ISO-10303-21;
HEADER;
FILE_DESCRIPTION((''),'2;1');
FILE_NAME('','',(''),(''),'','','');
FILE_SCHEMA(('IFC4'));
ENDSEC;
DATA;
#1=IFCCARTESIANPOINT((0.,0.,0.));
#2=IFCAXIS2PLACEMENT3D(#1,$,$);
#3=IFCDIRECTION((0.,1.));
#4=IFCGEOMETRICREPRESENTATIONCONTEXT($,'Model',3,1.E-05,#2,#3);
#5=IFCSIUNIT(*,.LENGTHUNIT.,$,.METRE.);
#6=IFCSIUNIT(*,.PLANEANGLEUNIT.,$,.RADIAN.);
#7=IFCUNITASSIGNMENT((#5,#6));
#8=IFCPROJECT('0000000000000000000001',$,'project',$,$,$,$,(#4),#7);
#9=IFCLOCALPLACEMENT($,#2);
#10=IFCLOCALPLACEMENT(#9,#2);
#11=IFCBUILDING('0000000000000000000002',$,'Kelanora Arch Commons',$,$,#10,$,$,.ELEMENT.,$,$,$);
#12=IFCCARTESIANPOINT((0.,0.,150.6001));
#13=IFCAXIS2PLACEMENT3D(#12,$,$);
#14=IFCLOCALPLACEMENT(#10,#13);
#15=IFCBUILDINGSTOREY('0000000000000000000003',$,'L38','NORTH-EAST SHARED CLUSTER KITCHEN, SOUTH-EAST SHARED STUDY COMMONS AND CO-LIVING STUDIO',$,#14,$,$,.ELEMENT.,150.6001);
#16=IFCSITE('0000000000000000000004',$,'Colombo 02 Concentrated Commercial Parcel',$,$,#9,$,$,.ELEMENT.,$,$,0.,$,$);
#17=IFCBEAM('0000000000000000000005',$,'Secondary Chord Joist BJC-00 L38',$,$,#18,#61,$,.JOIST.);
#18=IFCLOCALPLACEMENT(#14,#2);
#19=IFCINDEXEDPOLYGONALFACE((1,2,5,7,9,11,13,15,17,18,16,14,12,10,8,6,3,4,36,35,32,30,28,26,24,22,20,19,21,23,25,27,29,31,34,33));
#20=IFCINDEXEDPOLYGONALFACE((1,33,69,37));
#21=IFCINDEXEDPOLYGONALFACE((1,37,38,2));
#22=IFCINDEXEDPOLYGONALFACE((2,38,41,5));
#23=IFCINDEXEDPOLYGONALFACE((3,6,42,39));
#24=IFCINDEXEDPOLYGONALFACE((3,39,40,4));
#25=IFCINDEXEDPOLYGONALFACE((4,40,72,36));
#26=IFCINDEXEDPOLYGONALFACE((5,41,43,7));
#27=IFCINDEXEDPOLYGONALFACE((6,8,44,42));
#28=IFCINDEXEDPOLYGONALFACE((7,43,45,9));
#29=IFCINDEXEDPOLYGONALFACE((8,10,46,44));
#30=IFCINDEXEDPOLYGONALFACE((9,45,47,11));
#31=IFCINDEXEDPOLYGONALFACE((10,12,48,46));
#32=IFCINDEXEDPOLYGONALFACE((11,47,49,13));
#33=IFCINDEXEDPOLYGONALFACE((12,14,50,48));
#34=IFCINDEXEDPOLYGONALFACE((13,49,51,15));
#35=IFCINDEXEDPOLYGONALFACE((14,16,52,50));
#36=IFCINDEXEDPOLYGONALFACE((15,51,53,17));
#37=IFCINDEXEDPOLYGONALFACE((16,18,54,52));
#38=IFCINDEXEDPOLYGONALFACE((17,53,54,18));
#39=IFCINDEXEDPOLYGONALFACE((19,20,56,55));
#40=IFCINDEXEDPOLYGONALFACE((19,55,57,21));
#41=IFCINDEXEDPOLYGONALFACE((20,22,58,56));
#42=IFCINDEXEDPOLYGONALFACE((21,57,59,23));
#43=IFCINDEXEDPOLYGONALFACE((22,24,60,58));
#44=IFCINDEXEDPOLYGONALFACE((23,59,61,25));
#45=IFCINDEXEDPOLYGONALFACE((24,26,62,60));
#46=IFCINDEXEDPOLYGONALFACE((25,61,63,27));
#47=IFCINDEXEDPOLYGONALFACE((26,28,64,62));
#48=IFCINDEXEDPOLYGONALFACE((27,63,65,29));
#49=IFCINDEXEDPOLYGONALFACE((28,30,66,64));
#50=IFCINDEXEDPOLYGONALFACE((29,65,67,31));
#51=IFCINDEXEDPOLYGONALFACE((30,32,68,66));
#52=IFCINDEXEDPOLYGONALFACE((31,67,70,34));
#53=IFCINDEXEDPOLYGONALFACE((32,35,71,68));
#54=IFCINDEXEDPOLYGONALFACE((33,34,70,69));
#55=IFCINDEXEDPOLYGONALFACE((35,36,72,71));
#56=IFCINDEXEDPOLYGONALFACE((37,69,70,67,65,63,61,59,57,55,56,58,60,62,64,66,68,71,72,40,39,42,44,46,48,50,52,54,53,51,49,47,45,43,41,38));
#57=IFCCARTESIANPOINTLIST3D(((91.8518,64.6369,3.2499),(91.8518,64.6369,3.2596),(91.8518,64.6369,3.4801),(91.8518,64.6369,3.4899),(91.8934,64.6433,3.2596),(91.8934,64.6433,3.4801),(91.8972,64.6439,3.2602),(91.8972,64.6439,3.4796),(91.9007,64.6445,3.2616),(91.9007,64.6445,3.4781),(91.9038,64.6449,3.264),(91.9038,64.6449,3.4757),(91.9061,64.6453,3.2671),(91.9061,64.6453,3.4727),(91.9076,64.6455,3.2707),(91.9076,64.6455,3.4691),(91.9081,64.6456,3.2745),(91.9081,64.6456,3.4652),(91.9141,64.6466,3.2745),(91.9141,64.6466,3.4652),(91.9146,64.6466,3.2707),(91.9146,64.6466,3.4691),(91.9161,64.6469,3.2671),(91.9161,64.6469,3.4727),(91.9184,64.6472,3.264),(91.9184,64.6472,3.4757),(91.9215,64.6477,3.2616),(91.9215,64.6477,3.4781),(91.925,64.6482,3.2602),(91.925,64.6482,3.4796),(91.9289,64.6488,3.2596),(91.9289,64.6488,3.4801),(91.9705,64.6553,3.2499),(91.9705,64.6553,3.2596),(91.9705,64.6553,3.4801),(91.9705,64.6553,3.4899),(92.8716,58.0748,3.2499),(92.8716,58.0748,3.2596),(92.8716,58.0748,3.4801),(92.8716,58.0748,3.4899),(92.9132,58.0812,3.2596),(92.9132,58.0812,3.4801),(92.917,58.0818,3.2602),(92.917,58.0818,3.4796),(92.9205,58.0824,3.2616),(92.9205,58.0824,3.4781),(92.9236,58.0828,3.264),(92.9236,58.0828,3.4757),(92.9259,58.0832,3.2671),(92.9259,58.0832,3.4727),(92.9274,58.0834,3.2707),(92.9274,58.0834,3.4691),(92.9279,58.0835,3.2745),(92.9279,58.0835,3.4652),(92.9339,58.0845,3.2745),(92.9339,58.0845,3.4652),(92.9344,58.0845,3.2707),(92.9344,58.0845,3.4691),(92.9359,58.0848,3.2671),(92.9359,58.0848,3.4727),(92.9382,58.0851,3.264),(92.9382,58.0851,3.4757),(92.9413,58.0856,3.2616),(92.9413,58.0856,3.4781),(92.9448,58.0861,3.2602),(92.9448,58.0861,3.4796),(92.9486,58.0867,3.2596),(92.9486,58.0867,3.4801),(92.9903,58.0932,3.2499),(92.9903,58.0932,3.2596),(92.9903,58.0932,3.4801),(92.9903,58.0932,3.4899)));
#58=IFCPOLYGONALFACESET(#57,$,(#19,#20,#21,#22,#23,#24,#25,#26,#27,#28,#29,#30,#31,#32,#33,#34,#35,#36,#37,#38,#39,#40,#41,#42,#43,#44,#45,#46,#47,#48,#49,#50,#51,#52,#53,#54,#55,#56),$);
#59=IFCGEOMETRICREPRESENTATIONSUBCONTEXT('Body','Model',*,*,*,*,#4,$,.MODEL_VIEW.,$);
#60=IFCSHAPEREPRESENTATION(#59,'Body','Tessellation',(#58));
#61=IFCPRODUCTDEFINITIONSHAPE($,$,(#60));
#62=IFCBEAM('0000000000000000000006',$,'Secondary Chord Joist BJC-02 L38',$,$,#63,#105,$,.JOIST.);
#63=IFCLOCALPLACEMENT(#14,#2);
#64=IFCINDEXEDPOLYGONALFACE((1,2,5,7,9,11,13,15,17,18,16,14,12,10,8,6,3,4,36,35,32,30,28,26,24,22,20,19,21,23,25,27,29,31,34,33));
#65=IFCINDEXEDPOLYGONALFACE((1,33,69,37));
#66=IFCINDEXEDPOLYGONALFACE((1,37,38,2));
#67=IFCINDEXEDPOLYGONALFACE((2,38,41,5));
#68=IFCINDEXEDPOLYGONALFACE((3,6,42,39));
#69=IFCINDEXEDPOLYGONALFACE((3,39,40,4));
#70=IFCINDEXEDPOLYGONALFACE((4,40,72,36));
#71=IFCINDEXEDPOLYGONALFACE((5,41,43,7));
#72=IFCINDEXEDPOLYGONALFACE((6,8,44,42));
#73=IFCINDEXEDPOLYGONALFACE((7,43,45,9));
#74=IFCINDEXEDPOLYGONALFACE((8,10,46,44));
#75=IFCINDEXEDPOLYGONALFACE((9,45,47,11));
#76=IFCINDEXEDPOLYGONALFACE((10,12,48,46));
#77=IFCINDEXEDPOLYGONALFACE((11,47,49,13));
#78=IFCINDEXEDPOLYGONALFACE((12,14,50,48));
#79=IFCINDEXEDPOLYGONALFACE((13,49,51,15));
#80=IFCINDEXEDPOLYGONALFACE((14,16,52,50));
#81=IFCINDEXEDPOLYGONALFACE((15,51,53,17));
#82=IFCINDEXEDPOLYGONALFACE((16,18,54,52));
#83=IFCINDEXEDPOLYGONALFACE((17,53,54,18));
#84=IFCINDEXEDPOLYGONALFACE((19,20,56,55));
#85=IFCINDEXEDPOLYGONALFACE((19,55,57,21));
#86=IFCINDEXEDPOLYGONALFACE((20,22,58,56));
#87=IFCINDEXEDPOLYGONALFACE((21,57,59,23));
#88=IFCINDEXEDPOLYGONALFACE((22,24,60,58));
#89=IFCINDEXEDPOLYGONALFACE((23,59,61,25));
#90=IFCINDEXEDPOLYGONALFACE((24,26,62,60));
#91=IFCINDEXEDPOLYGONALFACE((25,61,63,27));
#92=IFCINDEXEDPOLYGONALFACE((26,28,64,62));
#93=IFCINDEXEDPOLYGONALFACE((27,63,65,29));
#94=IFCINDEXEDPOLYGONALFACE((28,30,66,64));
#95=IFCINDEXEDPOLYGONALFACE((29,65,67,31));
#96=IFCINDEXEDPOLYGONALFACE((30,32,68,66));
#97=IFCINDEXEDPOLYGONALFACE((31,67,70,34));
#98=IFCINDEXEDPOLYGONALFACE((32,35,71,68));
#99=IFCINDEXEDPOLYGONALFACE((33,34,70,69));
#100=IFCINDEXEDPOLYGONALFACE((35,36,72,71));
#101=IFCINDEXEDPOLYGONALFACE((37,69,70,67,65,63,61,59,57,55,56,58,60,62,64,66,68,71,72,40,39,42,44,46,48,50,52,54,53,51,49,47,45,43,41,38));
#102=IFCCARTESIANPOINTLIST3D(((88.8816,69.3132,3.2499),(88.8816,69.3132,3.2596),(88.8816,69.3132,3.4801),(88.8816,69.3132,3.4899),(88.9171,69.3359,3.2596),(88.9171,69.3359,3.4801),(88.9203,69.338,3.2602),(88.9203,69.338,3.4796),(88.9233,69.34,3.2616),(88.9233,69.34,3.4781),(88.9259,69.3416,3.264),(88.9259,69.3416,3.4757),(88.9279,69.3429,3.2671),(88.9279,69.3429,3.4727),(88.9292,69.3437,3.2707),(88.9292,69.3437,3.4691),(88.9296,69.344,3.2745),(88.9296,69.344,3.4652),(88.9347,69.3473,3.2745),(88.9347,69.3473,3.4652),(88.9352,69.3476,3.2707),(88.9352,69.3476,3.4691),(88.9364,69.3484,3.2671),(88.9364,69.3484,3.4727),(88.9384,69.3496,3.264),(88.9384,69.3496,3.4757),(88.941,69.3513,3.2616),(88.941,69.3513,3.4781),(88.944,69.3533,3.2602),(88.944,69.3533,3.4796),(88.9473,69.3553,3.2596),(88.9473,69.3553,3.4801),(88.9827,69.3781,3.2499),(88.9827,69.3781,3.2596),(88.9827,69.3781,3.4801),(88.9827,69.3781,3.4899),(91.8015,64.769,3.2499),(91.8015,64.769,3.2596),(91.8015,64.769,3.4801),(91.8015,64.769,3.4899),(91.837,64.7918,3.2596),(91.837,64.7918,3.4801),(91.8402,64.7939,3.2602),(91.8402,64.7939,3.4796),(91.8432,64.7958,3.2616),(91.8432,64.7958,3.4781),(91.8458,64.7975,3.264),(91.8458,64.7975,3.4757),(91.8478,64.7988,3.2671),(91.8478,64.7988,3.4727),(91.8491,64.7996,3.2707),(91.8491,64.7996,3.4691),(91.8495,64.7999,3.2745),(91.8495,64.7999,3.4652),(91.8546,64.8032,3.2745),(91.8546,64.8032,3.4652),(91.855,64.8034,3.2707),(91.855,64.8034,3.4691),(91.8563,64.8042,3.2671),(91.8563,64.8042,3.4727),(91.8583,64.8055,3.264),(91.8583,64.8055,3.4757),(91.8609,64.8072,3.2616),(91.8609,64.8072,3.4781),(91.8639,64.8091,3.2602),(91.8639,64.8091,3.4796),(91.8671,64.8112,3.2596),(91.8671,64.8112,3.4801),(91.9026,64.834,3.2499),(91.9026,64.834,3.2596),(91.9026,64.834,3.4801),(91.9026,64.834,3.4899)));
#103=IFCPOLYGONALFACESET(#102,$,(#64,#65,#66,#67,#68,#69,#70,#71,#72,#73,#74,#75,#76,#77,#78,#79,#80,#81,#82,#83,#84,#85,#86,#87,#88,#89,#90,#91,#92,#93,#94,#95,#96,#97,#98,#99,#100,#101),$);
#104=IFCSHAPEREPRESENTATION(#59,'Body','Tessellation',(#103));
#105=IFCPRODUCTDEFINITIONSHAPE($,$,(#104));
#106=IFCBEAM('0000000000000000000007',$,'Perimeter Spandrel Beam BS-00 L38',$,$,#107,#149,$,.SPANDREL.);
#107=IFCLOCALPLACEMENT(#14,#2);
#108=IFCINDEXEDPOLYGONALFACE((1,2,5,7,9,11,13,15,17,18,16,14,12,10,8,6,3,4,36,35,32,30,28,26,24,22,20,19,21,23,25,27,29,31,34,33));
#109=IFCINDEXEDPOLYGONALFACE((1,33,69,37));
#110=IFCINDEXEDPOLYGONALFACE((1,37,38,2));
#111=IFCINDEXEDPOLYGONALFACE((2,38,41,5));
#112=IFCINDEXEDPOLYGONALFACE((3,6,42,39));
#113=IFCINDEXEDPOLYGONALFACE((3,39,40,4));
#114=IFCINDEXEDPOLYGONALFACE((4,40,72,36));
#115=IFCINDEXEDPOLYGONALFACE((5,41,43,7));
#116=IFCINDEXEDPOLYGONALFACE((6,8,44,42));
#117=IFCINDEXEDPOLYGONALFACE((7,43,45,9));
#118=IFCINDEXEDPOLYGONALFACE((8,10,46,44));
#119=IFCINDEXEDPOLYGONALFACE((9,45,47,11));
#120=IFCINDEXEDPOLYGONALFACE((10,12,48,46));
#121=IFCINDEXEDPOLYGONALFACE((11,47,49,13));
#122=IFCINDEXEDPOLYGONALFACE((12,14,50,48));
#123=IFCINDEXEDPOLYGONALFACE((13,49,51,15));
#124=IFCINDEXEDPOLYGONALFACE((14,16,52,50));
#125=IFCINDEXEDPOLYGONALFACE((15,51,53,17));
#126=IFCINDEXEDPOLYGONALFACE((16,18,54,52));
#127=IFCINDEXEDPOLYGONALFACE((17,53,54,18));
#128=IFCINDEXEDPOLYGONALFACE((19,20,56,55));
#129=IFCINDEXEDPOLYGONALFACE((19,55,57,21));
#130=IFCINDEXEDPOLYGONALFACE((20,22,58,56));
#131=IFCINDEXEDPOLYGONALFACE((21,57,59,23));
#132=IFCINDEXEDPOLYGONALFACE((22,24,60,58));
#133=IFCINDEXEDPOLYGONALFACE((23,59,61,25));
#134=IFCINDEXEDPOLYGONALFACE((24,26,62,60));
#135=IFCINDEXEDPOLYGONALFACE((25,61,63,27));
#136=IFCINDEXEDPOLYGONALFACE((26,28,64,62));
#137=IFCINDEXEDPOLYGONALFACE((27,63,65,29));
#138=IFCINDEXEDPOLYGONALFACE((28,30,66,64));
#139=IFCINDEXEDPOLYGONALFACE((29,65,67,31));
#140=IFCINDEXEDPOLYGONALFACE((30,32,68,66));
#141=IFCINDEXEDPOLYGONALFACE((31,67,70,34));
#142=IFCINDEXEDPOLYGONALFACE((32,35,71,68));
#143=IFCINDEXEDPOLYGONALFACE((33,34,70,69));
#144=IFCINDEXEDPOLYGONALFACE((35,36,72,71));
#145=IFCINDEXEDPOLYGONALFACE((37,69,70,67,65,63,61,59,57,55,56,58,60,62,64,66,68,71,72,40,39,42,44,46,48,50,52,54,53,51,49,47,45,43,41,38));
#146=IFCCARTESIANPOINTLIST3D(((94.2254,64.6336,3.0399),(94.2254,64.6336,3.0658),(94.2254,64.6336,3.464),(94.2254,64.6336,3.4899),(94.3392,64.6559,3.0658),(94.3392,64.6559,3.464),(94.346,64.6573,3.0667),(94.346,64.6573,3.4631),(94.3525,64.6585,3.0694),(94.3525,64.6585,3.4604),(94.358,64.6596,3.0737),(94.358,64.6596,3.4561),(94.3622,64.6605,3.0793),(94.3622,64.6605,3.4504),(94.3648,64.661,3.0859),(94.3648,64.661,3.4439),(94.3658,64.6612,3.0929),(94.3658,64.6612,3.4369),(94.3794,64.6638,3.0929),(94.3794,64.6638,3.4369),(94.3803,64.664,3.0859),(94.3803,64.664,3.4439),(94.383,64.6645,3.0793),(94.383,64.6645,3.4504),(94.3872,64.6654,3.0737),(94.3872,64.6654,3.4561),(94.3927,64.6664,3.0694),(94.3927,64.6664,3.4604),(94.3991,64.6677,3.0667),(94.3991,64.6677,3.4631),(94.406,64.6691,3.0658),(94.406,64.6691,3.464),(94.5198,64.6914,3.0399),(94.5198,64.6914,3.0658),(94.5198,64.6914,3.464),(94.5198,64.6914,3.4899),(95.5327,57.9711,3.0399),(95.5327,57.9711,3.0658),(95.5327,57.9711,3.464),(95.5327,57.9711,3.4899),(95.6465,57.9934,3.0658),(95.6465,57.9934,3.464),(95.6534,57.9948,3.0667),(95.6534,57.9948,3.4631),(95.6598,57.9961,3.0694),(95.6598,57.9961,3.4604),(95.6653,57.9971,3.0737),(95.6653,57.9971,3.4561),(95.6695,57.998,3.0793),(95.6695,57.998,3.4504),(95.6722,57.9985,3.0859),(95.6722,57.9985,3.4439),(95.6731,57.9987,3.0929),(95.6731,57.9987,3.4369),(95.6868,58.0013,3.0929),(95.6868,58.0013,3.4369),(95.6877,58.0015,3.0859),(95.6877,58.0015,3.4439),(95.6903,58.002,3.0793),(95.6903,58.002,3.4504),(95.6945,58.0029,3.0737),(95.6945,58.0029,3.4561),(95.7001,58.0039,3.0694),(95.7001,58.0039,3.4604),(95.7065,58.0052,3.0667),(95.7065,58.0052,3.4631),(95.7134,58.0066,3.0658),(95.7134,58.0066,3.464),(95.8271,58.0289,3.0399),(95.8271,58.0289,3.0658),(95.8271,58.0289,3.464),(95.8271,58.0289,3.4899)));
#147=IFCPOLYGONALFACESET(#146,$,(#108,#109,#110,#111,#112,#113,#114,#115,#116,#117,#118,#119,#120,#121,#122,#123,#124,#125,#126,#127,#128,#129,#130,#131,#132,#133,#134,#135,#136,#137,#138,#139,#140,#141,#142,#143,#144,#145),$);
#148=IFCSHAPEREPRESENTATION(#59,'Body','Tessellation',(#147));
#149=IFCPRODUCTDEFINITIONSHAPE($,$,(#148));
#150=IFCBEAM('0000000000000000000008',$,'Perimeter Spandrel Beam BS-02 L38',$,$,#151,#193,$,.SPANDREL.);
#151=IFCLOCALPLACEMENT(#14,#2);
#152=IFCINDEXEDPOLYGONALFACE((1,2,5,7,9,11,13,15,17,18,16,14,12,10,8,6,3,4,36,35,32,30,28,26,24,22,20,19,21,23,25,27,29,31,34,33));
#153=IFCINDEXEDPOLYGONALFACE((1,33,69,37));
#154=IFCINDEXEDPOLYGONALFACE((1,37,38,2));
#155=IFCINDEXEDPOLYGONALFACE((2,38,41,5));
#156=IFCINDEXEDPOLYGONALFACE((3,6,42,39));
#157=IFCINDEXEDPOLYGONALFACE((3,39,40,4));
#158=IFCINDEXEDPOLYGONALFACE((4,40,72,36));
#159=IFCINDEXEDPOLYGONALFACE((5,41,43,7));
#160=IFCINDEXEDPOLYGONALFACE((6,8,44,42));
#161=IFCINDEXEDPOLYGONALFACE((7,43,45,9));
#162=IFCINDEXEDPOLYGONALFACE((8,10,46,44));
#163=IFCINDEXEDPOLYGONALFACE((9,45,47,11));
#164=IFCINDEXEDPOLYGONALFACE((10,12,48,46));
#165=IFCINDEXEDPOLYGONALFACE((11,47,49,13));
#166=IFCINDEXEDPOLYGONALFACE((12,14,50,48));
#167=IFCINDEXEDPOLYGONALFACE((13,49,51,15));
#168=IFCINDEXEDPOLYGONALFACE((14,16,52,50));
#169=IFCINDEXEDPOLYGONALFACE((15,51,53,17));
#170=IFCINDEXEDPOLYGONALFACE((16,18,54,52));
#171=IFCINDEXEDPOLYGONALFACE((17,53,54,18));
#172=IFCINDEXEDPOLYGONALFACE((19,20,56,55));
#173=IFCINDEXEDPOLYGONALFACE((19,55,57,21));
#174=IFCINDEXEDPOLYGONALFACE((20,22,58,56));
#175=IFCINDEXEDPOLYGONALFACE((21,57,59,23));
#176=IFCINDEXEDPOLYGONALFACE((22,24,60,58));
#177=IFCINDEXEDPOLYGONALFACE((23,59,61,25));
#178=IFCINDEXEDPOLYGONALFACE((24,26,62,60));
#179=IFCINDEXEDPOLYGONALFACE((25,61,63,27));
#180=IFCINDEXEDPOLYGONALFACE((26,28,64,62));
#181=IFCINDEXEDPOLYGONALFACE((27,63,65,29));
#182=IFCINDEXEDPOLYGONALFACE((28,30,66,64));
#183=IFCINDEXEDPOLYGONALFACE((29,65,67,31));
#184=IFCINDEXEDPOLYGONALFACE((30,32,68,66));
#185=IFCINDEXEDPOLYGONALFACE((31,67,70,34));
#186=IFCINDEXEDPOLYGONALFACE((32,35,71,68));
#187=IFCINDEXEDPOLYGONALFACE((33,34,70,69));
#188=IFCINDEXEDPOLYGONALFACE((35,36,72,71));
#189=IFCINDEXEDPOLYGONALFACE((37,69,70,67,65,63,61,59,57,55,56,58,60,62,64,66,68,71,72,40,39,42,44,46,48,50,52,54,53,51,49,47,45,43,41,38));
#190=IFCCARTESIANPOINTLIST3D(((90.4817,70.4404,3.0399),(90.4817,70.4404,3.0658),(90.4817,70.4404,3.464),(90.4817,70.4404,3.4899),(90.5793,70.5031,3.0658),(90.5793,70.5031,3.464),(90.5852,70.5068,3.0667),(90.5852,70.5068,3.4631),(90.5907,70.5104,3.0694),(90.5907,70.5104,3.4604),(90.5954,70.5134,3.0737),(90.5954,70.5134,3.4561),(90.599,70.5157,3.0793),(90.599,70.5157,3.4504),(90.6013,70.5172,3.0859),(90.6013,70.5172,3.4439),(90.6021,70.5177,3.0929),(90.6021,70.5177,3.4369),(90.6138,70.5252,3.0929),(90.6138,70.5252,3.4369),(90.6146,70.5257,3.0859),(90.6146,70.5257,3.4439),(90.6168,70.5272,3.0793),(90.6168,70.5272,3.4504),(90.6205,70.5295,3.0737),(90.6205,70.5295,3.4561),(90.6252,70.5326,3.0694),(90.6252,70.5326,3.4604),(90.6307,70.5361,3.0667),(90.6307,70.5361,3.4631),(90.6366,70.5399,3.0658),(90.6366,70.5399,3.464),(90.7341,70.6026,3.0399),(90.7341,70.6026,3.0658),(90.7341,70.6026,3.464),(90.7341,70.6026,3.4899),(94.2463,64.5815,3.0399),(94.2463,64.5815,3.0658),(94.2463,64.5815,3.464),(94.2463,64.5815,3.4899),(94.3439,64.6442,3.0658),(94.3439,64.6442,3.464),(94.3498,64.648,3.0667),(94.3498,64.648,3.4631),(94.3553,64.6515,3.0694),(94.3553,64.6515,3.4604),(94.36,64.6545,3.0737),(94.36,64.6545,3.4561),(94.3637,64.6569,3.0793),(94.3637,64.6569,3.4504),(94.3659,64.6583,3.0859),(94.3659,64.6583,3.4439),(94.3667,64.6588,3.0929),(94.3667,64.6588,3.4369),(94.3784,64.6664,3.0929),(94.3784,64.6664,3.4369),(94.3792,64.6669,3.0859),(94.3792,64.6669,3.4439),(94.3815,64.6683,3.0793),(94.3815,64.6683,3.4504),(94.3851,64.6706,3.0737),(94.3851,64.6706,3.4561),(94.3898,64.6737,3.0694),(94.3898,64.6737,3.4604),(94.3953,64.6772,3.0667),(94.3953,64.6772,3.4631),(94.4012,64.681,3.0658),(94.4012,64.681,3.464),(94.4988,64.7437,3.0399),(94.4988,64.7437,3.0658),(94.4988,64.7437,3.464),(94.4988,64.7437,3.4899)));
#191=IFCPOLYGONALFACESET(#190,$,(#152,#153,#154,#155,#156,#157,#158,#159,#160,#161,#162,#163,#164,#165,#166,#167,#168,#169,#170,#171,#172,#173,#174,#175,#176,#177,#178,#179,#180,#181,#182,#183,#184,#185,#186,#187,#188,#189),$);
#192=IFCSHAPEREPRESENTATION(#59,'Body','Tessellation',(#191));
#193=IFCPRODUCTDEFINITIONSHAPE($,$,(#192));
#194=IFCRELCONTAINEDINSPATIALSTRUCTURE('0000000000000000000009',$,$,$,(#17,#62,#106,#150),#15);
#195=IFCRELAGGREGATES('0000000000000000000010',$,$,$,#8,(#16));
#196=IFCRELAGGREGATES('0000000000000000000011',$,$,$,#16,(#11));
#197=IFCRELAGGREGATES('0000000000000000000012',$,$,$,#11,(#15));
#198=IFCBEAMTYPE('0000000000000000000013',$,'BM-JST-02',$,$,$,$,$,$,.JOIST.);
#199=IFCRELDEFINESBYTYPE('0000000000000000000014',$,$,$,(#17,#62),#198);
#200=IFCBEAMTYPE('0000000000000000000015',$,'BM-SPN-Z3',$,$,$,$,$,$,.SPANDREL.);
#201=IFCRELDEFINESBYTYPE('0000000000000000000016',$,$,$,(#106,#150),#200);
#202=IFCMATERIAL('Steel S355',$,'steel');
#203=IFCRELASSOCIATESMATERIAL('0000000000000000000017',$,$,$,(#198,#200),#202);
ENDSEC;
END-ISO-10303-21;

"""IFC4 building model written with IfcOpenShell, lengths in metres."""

from ifc_helpers import new_model, si_unit, direction, frame, origin, origin_2d, place, context, subcontext, project, spatial, i_section, extrude, material, material_profile, profile_set, type_object, element, save


model = new_model("IFC4")

# Units and contexts
model_context = context("Model", 3, precision=1e-05, world=origin(), true_north=direction((0.0, 1.0)))
body_context = subcontext(model_context, "Body", "Model", "MODEL_VIEW")
ifc_project = project(units=[si_unit("LENGTHUNIT", "METRE"), si_unit("PLANEANGLEUNIT", "RADIAN")], contexts=[model_context])

# Site, building, storey
site_placement = place(None, origin())
site = spatial("IfcSite", under=ifc_project, at=site_placement, Name="Colombo 02 Concentrated Commercial Parcel", CompositionType="ELEMENT", RefElevation=0.0)
building_placement = place(site_placement, origin())
building = spatial("IfcBuilding", under=site, at=building_placement, Name="Kelanora Arch Commons", CompositionType="ELEMENT")
storey_placement = place(building_placement, frame((0.0, 0.0, 150.6001)))
storey = spatial("IfcBuildingStorey", under=building, at=storey_placement, Name="L38", Description="NORTH-EAST SHARED CLUSTER KITCHEN, SOUTH-EAST SHARED STUDY COMMONS AND CO-LIVING STUDIO", CompositionType="ELEMENT", Elevation=150.6001)

# Beams
ifc_material_1 = material(Name="Steel S355", Category="steel")
ifc_material_profile_1 = material_profile(ifc_material_1, i_section(OverallWidth=0.1201, OverallDepth=0.24, WebThickness=0.0061, FlangeThickness=0.0098, FilletRadius=0.0149, at=origin_2d()), Name="IPE240")
ifc_profile_set_1 = profile_set([ifc_material_profile_1], Name="Steel S355")
beam_type_1 = type_object("IfcBeamType", Name="BM-JST-02", PredefinedType="JOIST", material=ifc_profile_set_1)
beam_1_placement = place(storey_placement, frame((92.9309, 58.084, 3.3699), z_axis=(-0.153563, 0.988139, 0.0), x_axis=(-0.988139, -0.153563, 0.0)))
element("IfcBeam", 1, at=beam_1_placement, inside=storey, type_object=beam_type_1, Name="Secondary Chord Joist BJC-00 L38", PredefinedType="JOIST", context=body_context, shape_type="SweptSolid", body=[
    extrude(i_section(OverallWidth=0.1201, OverallDepth=0.24, WebThickness=0.0061, FlangeThickness=0.0098, FilletRadius=0.0149, at=origin_2d()), origin(), (0.0, 0.0, 1.0), 6.6409),
])
beam_2_placement = place(storey_placement, frame((91.8521, 64.8015, 3.3699), z_axis=(-0.540582, 0.841292, 0.0), x_axis=(-0.841292, -0.540582, 0.0)))
element("IfcBeam", 2, at=beam_2_placement, inside=storey, type_object=beam_type_1, Name="Secondary Chord Joist BJC-02 L38", PredefinedType="JOIST", context=body_context, shape_type="SweptSolid", body=[
    extrude(i_section(OverallWidth=0.1201, OverallDepth=0.24, WebThickness=0.0061, FlangeThickness=0.0098, FilletRadius=0.0149, at=origin_2d()), origin(), (0.0, 0.0, 1.0), 5.4014),
])
ifc_material_profile_2 = material_profile(ifc_material_1, i_section(OverallWidth=0.3, OverallDepth=0.45, WebThickness=0.0139, FlangeThickness=0.0259, FilletRadius=0.0271, at=origin_2d()), Name="HEB450")
ifc_profile_set_2 = profile_set([ifc_material_profile_2], Name="Steel S355")
beam_type_2 = type_object("IfcBeamType", Name="BM-SPN-Z3", PredefinedType="SPANDREL", material=ifc_profile_set_2)
beam_3_placement = place(storey_placement, frame((95.6799, 58.0, 3.2649), z_axis=(-0.192554, 0.981286, 0.0), x_axis=(-0.981286, -0.192554, 0.0)))
element("IfcBeam", 3, at=beam_3_placement, inside=storey, type_object=beam_type_2, Name="Perimeter Spandrel Beam BS-00 L38", PredefinedType="SPANDREL", context=body_context, shape_type="SweptSolid", body=[
    extrude(i_section(OverallWidth=0.3, OverallDepth=0.45, WebThickness=0.0139, FlangeThickness=0.0259, FilletRadius=0.0271, at=origin_2d()), origin(), (0.0, 0.0, 1.0), 6.7896),
])
beam_4_placement = place(storey_placement, frame((94.3726, 64.6626, 3.2649), z_axis=(-0.540577, 0.841295, 0.0), x_axis=(-0.841295, -0.540577, 0.0)))
element("IfcBeam", 4, at=beam_4_placement, inside=storey, type_object=beam_type_2, Name="Perimeter Spandrel Beam BS-02 L38", PredefinedType="SPANDREL", context=body_context, shape_type="SweptSolid", body=[
    extrude(i_section(OverallWidth=0.3, OverallDepth=0.45, WebThickness=0.0139, FlangeThickness=0.0259, FilletRadius=0.0271, at=origin_2d()), origin(), (0.0, 0.0, 1.0), 6.9641),
])

save(model, "model.ifc")
